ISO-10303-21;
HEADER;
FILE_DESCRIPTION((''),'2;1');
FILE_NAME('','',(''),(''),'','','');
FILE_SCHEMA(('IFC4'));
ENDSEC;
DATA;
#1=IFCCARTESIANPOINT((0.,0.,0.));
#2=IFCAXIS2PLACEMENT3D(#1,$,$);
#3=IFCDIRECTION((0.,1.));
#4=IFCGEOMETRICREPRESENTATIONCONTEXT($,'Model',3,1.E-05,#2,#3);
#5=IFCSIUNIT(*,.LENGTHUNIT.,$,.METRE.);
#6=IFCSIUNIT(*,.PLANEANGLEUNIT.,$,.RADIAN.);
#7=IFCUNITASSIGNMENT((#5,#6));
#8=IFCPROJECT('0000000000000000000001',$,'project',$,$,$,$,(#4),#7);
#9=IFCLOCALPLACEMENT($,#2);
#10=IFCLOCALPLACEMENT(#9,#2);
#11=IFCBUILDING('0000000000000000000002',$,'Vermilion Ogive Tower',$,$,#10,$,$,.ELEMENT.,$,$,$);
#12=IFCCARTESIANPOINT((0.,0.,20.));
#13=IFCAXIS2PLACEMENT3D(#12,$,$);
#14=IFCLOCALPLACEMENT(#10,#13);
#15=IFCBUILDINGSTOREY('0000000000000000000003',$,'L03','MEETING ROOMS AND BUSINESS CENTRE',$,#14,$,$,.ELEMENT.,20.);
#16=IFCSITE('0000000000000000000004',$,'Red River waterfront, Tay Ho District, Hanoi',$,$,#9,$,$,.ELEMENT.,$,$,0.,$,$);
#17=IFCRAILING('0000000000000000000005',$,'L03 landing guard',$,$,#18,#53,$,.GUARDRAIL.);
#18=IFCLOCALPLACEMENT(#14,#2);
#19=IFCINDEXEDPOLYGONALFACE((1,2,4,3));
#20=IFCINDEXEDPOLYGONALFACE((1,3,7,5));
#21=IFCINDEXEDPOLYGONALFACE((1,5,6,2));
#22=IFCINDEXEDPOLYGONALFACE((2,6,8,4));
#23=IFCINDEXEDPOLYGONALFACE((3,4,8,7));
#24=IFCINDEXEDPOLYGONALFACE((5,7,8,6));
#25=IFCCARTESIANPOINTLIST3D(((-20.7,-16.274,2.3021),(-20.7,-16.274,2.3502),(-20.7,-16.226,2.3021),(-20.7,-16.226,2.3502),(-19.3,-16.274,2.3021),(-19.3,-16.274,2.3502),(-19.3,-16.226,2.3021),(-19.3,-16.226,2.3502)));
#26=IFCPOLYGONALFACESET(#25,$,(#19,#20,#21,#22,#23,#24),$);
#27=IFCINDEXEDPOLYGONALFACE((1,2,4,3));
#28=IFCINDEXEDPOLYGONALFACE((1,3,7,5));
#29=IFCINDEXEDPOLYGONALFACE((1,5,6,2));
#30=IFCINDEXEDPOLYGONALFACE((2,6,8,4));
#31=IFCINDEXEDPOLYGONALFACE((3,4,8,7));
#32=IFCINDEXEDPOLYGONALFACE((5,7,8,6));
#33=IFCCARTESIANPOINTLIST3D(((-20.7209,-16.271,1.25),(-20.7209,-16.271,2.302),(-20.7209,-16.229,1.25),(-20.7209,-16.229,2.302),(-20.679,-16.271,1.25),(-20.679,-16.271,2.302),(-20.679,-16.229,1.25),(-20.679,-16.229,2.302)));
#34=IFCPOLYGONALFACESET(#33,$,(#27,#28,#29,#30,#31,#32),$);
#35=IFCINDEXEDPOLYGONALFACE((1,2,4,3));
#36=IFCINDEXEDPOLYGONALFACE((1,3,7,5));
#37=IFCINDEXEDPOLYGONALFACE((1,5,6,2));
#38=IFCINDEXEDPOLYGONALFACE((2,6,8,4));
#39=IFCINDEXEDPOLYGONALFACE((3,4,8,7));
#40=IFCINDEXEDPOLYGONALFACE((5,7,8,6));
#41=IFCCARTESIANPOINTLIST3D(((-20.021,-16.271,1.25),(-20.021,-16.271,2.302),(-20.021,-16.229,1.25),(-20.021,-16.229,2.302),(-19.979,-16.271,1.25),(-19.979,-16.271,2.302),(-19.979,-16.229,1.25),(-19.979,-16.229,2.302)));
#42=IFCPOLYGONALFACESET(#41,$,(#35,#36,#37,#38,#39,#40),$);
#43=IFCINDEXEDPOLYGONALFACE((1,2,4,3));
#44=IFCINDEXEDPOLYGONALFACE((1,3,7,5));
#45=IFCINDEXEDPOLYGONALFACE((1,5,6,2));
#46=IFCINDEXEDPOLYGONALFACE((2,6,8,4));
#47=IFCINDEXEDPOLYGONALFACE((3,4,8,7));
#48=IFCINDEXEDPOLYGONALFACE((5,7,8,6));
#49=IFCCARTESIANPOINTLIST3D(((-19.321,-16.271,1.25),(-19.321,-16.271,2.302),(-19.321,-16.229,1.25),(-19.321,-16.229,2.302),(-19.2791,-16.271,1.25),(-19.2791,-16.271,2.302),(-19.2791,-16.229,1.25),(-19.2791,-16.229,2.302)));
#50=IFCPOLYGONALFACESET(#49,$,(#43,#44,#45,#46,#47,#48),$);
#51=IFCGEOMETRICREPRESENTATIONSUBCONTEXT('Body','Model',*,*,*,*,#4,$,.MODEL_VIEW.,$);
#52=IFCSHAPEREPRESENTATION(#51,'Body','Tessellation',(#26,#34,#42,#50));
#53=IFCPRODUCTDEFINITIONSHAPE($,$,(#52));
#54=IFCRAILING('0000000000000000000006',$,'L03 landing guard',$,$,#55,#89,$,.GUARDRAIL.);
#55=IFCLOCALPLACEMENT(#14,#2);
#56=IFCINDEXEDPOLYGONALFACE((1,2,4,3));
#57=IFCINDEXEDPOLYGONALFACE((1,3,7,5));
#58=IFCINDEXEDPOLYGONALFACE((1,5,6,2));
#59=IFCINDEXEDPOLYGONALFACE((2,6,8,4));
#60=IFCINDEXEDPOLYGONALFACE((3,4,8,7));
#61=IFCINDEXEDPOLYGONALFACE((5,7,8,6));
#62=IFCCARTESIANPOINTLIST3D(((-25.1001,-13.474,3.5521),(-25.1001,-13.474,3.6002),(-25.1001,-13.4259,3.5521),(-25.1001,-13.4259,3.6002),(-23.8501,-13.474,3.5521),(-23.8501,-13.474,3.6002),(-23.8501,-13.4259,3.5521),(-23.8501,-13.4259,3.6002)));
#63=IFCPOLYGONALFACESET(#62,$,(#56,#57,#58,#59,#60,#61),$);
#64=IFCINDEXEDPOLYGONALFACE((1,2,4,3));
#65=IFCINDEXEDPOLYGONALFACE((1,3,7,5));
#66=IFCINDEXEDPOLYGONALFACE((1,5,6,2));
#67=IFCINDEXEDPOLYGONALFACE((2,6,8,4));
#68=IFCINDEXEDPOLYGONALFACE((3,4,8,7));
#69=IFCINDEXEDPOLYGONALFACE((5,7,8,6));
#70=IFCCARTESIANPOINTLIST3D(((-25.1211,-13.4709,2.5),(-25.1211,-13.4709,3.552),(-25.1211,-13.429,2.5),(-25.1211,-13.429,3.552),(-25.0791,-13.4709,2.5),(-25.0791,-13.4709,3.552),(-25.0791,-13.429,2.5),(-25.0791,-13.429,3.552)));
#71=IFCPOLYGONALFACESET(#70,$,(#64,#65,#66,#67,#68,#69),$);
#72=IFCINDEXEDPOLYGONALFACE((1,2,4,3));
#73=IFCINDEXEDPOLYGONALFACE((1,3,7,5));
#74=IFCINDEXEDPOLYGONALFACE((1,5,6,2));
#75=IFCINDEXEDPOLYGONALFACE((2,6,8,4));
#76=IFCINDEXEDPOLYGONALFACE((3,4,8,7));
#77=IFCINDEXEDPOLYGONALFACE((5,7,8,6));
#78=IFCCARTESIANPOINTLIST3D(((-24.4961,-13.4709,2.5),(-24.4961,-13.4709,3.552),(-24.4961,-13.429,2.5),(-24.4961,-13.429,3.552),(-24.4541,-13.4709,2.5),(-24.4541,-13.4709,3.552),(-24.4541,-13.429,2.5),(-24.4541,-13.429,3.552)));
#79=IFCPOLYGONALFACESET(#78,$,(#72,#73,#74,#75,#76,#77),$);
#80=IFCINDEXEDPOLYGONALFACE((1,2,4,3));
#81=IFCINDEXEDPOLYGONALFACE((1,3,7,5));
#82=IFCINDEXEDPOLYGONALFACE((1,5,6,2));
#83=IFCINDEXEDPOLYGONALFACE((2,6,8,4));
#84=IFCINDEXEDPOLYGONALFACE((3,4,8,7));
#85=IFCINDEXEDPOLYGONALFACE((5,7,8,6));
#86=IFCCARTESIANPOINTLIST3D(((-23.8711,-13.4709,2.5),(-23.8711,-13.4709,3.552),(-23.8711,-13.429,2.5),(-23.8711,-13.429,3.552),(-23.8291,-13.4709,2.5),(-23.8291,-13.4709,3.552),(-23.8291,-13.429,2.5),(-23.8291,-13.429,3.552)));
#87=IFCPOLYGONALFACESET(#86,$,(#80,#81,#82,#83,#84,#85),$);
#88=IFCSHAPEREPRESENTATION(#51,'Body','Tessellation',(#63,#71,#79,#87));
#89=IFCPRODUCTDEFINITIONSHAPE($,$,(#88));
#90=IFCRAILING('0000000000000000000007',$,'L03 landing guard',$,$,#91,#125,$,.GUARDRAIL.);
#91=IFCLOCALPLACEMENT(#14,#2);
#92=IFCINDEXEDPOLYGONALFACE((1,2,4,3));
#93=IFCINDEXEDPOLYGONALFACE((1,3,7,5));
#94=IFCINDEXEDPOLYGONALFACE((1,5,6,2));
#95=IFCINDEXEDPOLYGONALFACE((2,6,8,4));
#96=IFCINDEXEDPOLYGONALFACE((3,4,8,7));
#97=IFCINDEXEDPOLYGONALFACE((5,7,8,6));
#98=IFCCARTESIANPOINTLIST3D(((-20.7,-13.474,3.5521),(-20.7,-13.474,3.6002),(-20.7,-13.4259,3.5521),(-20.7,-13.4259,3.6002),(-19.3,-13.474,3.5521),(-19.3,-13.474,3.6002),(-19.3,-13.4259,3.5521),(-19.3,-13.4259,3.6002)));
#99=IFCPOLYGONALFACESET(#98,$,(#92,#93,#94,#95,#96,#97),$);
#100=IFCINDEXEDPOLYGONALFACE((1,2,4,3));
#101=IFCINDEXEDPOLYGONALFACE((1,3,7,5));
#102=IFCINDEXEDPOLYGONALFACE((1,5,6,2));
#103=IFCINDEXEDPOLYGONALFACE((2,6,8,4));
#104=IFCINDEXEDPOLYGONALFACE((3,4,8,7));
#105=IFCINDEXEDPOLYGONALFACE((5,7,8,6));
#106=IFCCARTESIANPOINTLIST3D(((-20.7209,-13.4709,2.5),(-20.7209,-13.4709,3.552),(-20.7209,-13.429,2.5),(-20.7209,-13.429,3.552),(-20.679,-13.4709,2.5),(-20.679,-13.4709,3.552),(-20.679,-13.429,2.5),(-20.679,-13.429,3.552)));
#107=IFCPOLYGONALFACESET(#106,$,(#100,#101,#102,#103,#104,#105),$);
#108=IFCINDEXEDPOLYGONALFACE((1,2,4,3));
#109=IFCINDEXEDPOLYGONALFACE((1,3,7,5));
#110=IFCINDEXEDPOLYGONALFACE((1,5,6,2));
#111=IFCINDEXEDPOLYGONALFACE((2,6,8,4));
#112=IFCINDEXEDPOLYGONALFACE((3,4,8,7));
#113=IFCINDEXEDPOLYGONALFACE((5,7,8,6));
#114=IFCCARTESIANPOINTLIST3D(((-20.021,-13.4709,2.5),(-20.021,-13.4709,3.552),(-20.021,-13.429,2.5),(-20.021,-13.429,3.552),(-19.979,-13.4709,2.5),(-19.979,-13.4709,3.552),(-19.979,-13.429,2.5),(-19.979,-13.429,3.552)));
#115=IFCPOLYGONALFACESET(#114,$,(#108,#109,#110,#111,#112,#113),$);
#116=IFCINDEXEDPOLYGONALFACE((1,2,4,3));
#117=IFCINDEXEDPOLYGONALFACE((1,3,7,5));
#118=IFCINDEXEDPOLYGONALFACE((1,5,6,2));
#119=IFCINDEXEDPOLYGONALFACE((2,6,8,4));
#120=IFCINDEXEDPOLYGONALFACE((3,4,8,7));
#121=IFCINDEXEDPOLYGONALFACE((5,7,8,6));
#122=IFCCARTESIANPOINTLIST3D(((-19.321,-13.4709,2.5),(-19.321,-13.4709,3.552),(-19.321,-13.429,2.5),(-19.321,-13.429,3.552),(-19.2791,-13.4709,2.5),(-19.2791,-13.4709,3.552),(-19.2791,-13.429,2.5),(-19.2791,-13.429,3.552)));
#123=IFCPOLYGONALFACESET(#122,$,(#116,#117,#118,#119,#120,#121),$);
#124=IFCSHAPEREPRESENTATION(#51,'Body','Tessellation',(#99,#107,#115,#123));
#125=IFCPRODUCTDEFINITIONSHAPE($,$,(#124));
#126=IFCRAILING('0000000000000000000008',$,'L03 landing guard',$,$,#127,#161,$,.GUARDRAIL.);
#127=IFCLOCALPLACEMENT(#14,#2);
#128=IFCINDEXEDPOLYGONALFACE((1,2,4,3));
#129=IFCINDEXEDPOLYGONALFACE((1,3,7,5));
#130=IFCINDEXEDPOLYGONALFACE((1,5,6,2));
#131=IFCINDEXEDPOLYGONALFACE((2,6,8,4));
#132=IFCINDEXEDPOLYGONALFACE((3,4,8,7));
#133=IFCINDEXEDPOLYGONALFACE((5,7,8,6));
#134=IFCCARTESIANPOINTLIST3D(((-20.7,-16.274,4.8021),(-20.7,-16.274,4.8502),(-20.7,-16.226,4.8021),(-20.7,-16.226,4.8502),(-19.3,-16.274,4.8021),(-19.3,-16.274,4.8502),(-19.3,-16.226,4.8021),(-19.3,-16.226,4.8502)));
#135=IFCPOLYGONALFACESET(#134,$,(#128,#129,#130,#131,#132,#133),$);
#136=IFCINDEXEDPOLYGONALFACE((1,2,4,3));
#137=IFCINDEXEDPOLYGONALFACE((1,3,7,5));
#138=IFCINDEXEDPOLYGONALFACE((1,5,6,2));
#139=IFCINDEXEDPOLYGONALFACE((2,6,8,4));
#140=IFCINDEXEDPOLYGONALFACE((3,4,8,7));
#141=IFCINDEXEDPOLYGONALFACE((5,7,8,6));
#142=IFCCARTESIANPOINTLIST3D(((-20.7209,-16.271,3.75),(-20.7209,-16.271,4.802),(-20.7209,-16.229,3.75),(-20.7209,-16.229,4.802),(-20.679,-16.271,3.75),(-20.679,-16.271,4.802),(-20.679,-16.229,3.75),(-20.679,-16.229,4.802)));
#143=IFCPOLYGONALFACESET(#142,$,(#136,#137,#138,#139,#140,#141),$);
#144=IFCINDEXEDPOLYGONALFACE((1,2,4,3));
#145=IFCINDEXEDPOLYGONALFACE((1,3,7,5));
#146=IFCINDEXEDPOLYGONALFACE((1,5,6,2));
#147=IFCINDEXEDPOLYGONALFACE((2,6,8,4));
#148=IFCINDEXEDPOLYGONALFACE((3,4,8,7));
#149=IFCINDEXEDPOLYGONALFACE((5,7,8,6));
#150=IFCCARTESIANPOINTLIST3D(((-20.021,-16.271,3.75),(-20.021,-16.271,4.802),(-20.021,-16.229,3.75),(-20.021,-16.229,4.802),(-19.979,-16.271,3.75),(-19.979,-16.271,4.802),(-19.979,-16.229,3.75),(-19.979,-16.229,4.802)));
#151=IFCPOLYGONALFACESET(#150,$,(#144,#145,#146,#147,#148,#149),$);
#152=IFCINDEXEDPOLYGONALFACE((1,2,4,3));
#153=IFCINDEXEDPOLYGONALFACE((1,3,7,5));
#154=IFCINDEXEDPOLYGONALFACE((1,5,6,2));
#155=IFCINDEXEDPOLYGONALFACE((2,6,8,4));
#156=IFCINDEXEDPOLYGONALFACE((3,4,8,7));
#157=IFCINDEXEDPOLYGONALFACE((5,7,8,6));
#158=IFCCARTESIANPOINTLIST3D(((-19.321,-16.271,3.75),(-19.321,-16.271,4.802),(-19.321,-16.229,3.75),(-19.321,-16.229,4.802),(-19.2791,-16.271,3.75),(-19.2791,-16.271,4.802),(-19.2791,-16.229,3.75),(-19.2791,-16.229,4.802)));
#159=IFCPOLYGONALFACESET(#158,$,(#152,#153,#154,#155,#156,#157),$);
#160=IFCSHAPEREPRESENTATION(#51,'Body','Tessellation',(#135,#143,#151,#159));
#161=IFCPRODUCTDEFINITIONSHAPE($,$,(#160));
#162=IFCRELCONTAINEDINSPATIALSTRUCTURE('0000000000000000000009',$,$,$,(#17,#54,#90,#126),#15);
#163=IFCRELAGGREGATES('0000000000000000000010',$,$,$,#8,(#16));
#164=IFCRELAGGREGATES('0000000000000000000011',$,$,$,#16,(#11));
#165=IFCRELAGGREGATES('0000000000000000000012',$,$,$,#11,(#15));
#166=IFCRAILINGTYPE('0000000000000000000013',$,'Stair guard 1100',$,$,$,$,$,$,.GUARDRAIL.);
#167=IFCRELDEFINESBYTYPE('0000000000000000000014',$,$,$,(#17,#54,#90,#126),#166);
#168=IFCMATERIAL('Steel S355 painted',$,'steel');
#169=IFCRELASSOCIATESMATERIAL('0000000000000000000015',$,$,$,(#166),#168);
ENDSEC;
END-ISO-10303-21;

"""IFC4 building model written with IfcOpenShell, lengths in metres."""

from ifc_helpers import new_model, si_unit, direction, frame, origin, origin_2d, place, context, subcontext, project, spatial, rectangle, extrude, material, type_object, element, save


model = new_model("IFC4")

# Units and contexts
model_context = context("Model", 3, precision=1e-05, world=origin(), true_north=direction((0.0, 1.0)))
body_context = subcontext(model_context, "Body", "Model", "MODEL_VIEW")
ifc_project = project(units=[si_unit("LENGTHUNIT", "METRE"), si_unit("PLANEANGLEUNIT", "RADIAN")], contexts=[model_context])

# Site, building, storey
site_placement = place(None, origin())
site = spatial("IfcSite", under=ifc_project, at=site_placement, Name="Red River waterfront, Tay Ho District, Hanoi", CompositionType="ELEMENT", RefElevation=0.0)
building_placement = place(site_placement, origin())
building = spatial("IfcBuilding", under=site, at=building_placement, Name="Vermilion Ogive Tower", CompositionType="ELEMENT")
storey_placement = place(building_placement, frame((0.0, 0.0, 20.0)))
storey = spatial("IfcBuildingStorey", under=building, at=storey_placement, Name="L03", Description="MEETING ROOMS AND BUSINESS CENTRE", CompositionType="ELEMENT", Elevation=20.0)

# Railings
ifc_material_1 = material(Name="Steel S355 painted", Category="steel")
railing_type_1 = type_object("IfcRailingType", Name="Stair guard 1100", PredefinedType="GUARDRAIL", material=ifc_material_1)
railing_1_placement = place(storey_placement, frame((-20.7, -16.25, 1.25)))
element("IfcRailing", 1, at=railing_1_placement, inside=storey, type_object=railing_type_1, Name="L03 landing guard", PredefinedType="GUARDRAIL", context=body_context, shape_type="SweptSolid", body=[
    extrude(rectangle(XDim=0.0481, YDim=0.0481, at=origin_2d()), frame((0.0, 0.0, 1.0762), z_axis=(1.0, 0.0, 0.0), x_axis=(0.0, 1.0, 0.0)), (0.0, 0.0, 1.0), 1.3999),
    extrude(rectangle(XDim=0.042, YDim=0.042, at=origin_2d()), origin(), (0.0, 0.0, 1.0), 1.052),
    extrude(rectangle(XDim=0.042, YDim=0.042, at=origin_2d()), frame((0.7, 0.0, 0.0)), (0.0, 0.0, 1.0), 1.052),
    extrude(rectangle(XDim=0.042, YDim=0.042, at=origin_2d()), frame((1.3999, 0.0, 0.0)), (0.0, 0.0, 1.0), 1.052),
])
railing_2_placement = place(storey_placement, frame((-25.1001, -13.45, 2.5)))
element("IfcRailing", 2, at=railing_2_placement, inside=storey, type_object=railing_type_1, Name="L03 landing guard", PredefinedType="GUARDRAIL", context=body_context, shape_type="SweptSolid", body=[
    extrude(rectangle(XDim=0.0481, YDim=0.0481, at=origin_2d()), frame((0.0, 0.0, 1.0762), z_axis=(1.0, 0.0, 0.0), x_axis=(0.0, 1.0, 0.0)), (0.0, 0.0, 1.0), 1.25),
    extrude(rectangle(XDim=0.042, YDim=0.042, at=origin_2d()), origin(), (0.0, 0.0, 1.0), 1.052),
    extrude(rectangle(XDim=0.042, YDim=0.042, at=origin_2d()), frame((0.625, 0.0, 0.0)), (0.0, 0.0, 1.0), 1.052),
    extrude(rectangle(XDim=0.042, YDim=0.042, at=origin_2d()), frame((1.25, 0.0, 0.0)), (0.0, 0.0, 1.0), 1.052),
])
for number, where, name in (
    (3, (-20.7, -13.45, 2.5), "L03 landing guard"),
    (4, (-20.7, -16.25, 3.75), "L03 landing guard"),
):
    element("IfcRailing", number, at=place(storey_placement, frame(where)), inside=storey, type_object=railing_type_1, Name=name, PredefinedType="GUARDRAIL", context=body_context, shape_type="SweptSolid", body=[
        extrude(rectangle(XDim=0.0481, YDim=0.0481, at=origin_2d()), frame((0.0, 0.0, 1.0762), z_axis=(1.0, 0.0, 0.0), x_axis=(0.0, 1.0, 0.0)), (0.0, 0.0, 1.0), 1.3999),
        extrude(rectangle(XDim=0.042, YDim=0.042, at=origin_2d()), origin(), (0.0, 0.0, 1.0), 1.052),
        extrude(rectangle(XDim=0.042, YDim=0.042, at=origin_2d()), frame((0.7, 0.0, 0.0)), (0.0, 0.0, 1.0), 1.052),
        extrude(rectangle(XDim=0.042, YDim=0.042, at=origin_2d()), frame((1.3999, 0.0, 0.0)), (0.0, 0.0, 1.0), 1.052),
    ])

save(model, "model.ifc")
